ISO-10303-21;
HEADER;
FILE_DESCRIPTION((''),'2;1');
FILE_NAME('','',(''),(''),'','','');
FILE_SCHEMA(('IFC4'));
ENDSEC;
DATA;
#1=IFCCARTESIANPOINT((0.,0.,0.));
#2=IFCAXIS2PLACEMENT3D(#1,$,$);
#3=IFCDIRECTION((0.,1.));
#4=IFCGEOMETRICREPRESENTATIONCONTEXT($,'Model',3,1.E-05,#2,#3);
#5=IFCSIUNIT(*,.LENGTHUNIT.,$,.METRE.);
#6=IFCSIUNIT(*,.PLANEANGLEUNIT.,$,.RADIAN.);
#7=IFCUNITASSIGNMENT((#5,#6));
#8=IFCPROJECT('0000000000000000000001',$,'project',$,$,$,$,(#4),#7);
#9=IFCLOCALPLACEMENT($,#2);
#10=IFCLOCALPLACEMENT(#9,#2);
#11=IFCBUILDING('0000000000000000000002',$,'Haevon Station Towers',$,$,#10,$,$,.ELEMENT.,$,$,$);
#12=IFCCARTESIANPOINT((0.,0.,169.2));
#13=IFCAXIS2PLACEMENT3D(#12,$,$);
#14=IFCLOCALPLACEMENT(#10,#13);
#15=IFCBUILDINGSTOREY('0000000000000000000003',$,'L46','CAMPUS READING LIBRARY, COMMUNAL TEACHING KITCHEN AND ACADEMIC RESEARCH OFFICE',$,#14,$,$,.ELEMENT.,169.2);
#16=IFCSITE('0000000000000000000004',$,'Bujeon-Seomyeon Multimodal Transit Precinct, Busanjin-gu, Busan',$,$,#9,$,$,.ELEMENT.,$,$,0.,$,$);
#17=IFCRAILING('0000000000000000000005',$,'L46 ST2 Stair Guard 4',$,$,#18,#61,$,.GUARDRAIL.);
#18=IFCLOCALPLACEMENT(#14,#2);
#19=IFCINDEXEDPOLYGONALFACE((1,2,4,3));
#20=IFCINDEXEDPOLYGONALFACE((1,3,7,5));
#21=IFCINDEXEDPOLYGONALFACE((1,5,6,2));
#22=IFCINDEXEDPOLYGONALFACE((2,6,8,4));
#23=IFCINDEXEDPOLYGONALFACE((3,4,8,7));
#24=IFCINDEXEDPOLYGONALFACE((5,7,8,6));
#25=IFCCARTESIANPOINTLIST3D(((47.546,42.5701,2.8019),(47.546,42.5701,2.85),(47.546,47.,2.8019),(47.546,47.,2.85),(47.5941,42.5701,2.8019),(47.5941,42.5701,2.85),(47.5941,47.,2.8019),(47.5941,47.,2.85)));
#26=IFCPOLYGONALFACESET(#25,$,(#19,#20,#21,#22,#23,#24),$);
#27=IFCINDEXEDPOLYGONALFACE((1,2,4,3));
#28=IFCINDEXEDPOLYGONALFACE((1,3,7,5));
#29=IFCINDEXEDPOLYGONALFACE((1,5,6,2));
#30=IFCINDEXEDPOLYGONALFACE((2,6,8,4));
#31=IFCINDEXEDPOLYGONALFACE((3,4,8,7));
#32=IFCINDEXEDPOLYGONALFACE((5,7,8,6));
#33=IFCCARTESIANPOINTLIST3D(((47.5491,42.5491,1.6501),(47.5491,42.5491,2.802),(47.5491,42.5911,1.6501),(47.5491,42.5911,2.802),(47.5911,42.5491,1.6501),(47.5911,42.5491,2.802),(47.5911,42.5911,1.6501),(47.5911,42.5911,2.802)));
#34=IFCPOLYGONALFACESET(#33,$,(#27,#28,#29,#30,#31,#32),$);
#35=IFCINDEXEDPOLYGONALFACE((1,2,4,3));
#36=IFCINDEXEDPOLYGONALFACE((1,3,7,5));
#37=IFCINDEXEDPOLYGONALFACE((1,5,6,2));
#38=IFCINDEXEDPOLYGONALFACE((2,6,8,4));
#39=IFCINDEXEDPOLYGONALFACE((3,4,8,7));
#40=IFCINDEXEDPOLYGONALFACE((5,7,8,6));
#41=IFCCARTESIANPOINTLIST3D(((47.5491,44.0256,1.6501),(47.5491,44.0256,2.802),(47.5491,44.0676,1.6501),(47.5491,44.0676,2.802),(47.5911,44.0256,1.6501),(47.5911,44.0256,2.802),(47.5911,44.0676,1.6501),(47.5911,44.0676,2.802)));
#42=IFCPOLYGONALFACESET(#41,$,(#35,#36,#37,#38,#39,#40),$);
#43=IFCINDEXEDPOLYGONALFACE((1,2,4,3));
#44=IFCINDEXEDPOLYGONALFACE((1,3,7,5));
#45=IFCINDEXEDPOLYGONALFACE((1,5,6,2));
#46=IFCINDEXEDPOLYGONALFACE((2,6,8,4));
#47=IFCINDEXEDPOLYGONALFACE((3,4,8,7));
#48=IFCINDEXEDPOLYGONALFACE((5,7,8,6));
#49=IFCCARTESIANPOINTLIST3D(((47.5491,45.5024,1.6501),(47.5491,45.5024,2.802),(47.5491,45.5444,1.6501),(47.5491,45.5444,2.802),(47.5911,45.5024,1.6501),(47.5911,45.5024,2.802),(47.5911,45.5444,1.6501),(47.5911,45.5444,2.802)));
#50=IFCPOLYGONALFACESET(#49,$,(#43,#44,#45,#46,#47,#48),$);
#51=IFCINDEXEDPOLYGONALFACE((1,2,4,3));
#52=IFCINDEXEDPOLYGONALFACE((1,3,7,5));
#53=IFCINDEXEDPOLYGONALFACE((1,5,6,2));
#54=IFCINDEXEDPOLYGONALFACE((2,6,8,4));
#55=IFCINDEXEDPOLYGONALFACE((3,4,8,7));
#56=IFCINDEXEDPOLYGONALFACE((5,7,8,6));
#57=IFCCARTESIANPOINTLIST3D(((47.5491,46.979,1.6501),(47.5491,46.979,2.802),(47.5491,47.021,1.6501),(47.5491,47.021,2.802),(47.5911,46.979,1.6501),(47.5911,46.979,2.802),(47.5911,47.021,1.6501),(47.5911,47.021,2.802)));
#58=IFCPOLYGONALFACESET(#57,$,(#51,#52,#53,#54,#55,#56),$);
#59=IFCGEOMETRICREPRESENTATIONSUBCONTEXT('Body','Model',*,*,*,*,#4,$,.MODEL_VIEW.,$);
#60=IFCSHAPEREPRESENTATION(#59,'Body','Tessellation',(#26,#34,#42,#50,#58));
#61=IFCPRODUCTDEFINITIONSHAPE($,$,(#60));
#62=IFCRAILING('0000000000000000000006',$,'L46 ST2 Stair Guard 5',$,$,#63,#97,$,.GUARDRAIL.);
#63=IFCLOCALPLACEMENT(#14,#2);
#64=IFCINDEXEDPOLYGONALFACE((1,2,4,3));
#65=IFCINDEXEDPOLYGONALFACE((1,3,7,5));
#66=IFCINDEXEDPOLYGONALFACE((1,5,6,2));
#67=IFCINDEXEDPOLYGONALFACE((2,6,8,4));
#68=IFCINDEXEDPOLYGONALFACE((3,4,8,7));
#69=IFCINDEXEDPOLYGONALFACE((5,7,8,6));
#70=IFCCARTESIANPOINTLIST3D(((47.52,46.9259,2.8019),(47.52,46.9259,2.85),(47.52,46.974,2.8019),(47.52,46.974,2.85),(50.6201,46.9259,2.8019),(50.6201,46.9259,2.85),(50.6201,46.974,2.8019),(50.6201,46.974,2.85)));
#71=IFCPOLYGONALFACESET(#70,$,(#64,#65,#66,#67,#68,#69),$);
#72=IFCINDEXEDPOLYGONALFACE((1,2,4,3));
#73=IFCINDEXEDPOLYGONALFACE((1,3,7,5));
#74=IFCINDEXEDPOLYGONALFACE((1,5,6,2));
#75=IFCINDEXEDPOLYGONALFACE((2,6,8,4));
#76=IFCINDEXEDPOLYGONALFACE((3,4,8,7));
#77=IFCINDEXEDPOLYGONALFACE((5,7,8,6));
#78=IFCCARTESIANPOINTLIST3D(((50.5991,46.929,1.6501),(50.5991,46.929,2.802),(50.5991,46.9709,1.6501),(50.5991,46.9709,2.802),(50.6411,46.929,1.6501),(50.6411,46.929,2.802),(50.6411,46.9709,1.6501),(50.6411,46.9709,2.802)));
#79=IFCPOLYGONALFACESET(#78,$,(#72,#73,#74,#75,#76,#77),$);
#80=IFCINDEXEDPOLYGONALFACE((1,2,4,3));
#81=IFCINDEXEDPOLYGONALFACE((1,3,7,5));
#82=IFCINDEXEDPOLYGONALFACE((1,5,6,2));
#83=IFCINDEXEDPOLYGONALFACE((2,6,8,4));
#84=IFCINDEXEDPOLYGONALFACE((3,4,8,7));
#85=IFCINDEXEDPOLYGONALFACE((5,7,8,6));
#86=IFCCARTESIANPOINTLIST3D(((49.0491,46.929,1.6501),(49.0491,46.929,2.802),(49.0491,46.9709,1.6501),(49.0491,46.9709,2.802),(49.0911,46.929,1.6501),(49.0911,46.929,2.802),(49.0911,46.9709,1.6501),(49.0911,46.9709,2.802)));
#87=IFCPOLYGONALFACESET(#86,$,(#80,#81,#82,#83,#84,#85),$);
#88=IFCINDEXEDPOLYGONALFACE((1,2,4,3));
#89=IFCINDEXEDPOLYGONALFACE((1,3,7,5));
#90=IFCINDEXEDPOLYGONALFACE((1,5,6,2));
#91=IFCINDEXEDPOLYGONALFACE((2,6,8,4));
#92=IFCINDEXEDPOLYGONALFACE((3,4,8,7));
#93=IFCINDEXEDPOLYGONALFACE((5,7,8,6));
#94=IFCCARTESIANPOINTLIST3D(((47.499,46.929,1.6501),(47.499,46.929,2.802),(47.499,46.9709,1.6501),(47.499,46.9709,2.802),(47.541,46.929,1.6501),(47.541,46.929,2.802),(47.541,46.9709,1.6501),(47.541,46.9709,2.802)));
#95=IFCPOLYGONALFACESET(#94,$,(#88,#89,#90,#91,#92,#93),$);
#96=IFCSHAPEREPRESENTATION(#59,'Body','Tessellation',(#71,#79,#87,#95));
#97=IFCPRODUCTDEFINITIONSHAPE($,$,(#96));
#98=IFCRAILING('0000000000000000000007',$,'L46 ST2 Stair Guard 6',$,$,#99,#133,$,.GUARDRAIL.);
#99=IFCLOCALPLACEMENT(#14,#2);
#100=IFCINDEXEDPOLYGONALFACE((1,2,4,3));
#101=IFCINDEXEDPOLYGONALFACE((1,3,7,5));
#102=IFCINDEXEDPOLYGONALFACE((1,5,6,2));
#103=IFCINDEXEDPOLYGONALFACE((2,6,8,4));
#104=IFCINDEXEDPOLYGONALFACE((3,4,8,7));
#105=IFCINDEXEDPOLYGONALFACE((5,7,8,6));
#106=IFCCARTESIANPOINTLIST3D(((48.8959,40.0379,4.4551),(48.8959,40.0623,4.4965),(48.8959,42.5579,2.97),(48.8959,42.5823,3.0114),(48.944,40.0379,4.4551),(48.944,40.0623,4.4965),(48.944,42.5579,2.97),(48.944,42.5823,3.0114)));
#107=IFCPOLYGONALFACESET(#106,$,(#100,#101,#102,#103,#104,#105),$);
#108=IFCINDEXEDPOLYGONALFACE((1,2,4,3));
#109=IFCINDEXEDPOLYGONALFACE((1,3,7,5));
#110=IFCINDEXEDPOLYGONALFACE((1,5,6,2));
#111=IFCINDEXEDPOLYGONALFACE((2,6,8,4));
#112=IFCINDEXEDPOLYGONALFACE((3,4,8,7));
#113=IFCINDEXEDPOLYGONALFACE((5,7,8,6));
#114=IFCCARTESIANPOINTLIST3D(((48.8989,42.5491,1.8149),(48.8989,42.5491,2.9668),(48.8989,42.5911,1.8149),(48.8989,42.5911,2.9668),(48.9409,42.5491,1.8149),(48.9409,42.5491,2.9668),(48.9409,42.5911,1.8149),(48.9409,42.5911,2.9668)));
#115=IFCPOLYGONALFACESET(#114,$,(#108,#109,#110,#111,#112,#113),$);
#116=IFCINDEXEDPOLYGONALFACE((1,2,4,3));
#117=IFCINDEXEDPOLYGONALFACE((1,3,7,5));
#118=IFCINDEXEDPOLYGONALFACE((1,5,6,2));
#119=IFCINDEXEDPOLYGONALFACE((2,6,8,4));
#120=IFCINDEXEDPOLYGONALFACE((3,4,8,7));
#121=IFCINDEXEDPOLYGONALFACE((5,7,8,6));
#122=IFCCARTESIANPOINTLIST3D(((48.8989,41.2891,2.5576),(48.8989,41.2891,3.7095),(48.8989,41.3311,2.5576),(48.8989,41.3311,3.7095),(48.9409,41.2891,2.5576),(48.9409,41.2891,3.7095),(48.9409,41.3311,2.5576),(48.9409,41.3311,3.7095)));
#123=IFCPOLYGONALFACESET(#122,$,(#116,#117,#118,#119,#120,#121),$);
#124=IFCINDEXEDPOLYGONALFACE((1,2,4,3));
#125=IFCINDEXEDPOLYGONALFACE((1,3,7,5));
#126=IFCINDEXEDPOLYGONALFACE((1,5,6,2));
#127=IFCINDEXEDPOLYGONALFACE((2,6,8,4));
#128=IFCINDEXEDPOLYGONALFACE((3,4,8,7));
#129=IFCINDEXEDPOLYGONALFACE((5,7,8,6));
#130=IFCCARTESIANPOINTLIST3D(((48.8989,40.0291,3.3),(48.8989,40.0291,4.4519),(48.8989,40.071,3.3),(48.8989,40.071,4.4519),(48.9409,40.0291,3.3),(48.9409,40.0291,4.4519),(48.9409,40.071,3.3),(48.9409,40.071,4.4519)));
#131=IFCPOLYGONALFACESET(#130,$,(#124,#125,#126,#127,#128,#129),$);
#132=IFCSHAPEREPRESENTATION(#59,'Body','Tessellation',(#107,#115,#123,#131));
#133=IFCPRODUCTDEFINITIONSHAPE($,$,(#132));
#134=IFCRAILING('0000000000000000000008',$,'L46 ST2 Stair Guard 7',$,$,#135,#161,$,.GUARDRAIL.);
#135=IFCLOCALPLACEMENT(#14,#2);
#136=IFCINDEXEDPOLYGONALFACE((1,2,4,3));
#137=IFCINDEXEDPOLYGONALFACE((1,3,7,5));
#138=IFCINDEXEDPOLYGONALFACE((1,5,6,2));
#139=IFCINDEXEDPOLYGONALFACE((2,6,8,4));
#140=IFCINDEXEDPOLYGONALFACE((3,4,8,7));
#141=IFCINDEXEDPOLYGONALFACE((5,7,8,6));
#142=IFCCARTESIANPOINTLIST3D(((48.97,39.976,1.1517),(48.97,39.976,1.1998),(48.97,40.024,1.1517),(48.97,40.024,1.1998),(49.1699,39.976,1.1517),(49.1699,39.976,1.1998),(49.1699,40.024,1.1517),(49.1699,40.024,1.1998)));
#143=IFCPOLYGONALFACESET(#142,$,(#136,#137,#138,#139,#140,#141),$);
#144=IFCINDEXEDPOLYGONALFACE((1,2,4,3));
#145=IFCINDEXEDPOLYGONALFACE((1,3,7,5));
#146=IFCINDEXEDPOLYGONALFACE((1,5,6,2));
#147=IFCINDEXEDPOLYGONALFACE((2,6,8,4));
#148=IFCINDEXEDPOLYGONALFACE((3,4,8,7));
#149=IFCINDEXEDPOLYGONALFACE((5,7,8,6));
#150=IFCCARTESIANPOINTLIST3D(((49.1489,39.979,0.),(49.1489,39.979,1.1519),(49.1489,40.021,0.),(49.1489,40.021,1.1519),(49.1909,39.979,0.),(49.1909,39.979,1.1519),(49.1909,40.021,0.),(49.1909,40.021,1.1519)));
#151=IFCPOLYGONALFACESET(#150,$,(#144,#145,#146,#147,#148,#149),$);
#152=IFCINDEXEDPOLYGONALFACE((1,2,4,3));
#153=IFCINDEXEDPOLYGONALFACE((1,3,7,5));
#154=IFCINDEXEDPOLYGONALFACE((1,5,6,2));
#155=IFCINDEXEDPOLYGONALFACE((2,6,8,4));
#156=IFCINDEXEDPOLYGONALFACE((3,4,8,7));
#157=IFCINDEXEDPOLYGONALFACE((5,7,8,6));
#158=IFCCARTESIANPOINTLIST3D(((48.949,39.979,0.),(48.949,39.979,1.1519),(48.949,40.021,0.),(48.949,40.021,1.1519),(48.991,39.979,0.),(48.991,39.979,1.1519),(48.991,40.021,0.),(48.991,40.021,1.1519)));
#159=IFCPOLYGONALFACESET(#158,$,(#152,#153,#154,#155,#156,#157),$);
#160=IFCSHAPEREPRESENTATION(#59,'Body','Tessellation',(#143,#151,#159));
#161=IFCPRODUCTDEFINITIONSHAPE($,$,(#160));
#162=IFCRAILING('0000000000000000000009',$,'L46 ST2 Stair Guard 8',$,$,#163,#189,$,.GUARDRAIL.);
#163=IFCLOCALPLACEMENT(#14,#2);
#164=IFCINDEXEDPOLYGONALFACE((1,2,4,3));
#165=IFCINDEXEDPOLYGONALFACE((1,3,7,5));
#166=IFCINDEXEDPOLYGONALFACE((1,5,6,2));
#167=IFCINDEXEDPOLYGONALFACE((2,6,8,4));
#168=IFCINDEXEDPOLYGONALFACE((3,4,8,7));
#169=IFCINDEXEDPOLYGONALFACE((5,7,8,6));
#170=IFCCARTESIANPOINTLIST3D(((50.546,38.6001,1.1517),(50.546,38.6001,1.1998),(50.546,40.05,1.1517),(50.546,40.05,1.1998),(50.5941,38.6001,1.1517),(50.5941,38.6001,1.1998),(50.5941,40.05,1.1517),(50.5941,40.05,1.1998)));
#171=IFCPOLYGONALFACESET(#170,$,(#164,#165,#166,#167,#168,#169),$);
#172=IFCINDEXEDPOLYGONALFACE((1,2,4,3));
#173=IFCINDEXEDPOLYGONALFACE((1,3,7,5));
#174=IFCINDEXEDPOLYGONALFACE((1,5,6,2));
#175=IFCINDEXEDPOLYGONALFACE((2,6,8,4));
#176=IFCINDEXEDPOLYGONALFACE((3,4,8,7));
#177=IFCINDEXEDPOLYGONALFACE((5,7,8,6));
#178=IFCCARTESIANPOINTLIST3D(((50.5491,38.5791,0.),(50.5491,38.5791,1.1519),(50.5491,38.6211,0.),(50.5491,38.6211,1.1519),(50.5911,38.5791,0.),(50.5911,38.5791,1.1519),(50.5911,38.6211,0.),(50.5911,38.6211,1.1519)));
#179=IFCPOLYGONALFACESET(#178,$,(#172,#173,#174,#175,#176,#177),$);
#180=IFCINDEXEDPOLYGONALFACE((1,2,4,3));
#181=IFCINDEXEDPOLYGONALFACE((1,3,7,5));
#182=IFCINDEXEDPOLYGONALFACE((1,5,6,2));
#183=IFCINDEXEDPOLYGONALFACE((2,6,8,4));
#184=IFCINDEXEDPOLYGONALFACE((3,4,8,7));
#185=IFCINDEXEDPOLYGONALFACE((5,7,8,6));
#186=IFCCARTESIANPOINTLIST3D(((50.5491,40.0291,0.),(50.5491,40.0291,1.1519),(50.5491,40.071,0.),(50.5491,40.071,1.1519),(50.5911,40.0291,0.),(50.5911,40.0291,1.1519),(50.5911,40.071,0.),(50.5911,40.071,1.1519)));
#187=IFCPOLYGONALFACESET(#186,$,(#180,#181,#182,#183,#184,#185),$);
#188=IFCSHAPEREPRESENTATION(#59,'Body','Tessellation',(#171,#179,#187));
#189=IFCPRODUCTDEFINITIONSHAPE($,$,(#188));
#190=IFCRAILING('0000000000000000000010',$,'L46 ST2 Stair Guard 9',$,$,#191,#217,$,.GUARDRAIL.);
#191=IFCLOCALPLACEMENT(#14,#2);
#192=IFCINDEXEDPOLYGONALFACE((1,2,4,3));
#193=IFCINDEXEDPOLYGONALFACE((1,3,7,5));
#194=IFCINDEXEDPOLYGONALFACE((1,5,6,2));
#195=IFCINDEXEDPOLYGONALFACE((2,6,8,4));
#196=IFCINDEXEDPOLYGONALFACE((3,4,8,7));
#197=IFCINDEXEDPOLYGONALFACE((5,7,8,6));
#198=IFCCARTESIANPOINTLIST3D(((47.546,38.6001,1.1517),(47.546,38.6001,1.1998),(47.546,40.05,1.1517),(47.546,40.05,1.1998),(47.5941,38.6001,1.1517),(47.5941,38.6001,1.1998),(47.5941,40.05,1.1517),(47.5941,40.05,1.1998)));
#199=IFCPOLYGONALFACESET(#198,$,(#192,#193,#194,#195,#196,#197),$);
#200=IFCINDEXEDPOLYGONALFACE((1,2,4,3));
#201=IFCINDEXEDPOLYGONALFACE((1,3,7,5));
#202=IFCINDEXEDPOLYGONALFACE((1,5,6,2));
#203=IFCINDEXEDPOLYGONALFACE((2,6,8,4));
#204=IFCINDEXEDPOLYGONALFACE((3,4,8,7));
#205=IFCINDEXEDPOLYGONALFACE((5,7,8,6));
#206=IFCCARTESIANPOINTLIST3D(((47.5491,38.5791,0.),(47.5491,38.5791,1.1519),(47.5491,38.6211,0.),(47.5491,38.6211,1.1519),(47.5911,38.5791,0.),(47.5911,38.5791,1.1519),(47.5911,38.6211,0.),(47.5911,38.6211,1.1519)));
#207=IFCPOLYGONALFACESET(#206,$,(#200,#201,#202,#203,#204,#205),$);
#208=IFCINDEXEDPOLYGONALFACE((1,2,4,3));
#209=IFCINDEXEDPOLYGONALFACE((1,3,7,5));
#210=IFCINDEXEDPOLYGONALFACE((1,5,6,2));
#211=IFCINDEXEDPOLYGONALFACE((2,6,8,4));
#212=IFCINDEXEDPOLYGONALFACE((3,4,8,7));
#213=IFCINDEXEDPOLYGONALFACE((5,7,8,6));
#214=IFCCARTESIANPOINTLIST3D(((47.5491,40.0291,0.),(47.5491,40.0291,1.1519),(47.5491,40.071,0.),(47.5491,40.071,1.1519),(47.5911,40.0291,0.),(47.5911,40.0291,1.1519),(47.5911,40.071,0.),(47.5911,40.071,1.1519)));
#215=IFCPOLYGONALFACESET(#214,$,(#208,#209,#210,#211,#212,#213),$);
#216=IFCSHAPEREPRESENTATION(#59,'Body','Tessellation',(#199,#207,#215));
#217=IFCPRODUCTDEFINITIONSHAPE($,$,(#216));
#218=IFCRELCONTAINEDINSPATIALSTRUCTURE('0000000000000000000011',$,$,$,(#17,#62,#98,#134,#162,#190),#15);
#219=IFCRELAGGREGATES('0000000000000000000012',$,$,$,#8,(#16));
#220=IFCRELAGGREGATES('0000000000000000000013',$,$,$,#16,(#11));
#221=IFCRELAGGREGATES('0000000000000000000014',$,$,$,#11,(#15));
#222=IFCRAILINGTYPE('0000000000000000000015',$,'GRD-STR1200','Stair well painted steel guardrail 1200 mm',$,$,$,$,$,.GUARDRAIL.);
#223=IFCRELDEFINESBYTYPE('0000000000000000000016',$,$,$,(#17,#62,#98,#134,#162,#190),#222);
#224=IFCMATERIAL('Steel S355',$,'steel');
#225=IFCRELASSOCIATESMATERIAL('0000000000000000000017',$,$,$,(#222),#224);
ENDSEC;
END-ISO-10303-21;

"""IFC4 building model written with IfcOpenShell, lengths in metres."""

from ifc_helpers import new_model, si_unit, direction, frame, origin, origin_2d, place, context, subcontext, project, spatial, rectangle, extrude, material, type_object, element, save


model = new_model("IFC4")

# Units and contexts
model_context = context("Model", 3, precision=1e-05, world=origin(), true_north=direction((0.0, 1.0)))
body_context = subcontext(model_context, "Body", "Model", "MODEL_VIEW")
ifc_project = project(units=[si_unit("LENGTHUNIT", "METRE"), si_unit("PLANEANGLEUNIT", "RADIAN")], contexts=[model_context])

# Site, building, storey
site_placement = place(None, origin())
site = spatial("IfcSite", under=ifc_project, at=site_placement, Name="Bujeon-Seomyeon Multimodal Transit Precinct, Busanjin-gu, Busan", CompositionType="ELEMENT", RefElevation=0.0)
building_placement = place(site_placement, origin())
building = spatial("IfcBuilding", under=site, at=building_placement, Name="Haevon Station Towers", CompositionType="ELEMENT")
storey_placement = place(building_placement, frame((0.0, 0.0, 169.2)))
storey = spatial("IfcBuildingStorey", under=building, at=storey_placement, Name="L46", Description="CAMPUS READING LIBRARY, COMMUNAL TEACHING KITCHEN AND ACADEMIC RESEARCH OFFICE", CompositionType="ELEMENT", Elevation=169.2)

# Shared definitions
ifc_material_1 = material(Name="Steel S355", Category="steel")

# Railings
railing_type_1 = type_object("IfcRailingType", Name="GRD-STR1200", Description="Stair well painted steel guardrail 1200 mm", PredefinedType="GUARDRAIL", material=ifc_material_1)
for number, where, name in (
    (1, (47.5701, 42.5701, 1.6501), "L46 ST2 Stair Guard 4"),
):
    element("IfcRailing", number, at=place(storey_placement, frame(where)), inside=storey, type_object=railing_type_1, Name=name, PredefinedType="GUARDRAIL", context=body_context, shape_type="SweptSolid", body=[
        extrude(rectangle(XDim=0.0481, YDim=0.0481, at=origin_2d()), frame((0.0, 0.0, 1.1758), z_axis=(0.0, 1.0, 0.0), x_axis=(-1.0, 0.0, 0.0)), (0.0, 0.0, 1.0), 4.4299),
        extrude(rectangle(XDim=0.042, YDim=0.042, at=origin_2d()), origin(), (0.0, 0.0, 1.0), 1.1519),
        extrude(rectangle(XDim=0.042, YDim=0.042, at=origin_2d()), frame((0.0, 1.4766, 0.0)), (0.0, 0.0, 1.0), 1.1519),
        extrude(rectangle(XDim=0.042, YDim=0.042, at=origin_2d()), frame((0.0, 2.9534, 0.0)), (0.0, 0.0, 1.0), 1.1519),
        extrude(rectangle(XDim=0.042, YDim=0.042, at=origin_2d()), frame((0.0, 4.4299, 0.0)), (0.0, 0.0, 1.0), 1.1519),
    ])
railing_1_placement = place(storey_placement, frame((50.6201, 46.95, 1.6501)))
element("IfcRailing", 2, at=railing_1_placement, inside=storey, type_object=railing_type_1, Name="L46 ST2 Stair Guard 5", PredefinedType="GUARDRAIL", context=body_context, shape_type="SweptSolid", body=[
    extrude(rectangle(XDim=0.0481, YDim=0.0481, at=origin_2d()), frame((0.0, 0.0, 1.1758), z_axis=(-1.0, 0.0, 0.0), x_axis=(0.0, -1.0, 0.0)), (0.0, 0.0, 1.0), 3.1001),
    extrude(rectangle(XDim=0.042, YDim=0.042, at=origin_2d()), origin(), (0.0, 0.0, 1.0), 1.1519),
    extrude(rectangle(XDim=0.042, YDim=0.042, at=origin_2d()), frame((-1.55, 0.0, 0.0)), (0.0, 0.0, 1.0), 1.1519),
    extrude(rectangle(XDim=0.042, YDim=0.042, at=origin_2d()), frame((-3.1001, 0.0, 0.0)), (0.0, 0.0, 1.0), 1.1519),
])
railing_2_placement = place(storey_placement, frame((48.9199, 42.5701, 1.8149)))
element("IfcRailing", 3, at=railing_2_placement, inside=storey, type_object=railing_type_1, Name="L46 ST2 Stair Guard 6", PredefinedType="GUARDRAIL", context=body_context, shape_type="SweptSolid", body=[
    extrude(rectangle(XDim=0.0481, YDim=0.0481, at=origin_2d()), frame((0.0, 0.0, 1.1758), z_axis=(0.0, -0.861524, 0.507717), x_axis=(1.0, 0.0, 0.0)), (0.0, 0.0, 1.0), 2.925),
    extrude(rectangle(XDim=0.042, YDim=0.042, at=origin_2d()), origin(), (0.0, 0.0, 1.0), 1.1519),
    extrude(rectangle(XDim=0.042, YDim=0.042, at=origin_2d()), frame((0.0, -1.26, 0.7427)), (0.0, 0.0, 1.0), 1.1519),
    extrude(rectangle(XDim=0.042, YDim=0.042, at=origin_2d()), frame((0.0, -2.52, 1.4851)), (0.0, 0.0, 1.0), 1.1519),
])
railing_3_placement = place(storey_placement, frame((49.1699, 40.0, 0.0)))
element("IfcRailing", 4, at=railing_3_placement, inside=storey, type_object=railing_type_1, Name="L46 ST2 Stair Guard 7", PredefinedType="GUARDRAIL", context=body_context, shape_type="SweptSolid", body=[
    extrude(rectangle(XDim=0.0481, YDim=0.0481, at=origin_2d()), frame((0.0, 0.0, 1.1758), z_axis=(-1.0, 0.0, 0.0), x_axis=(0.0, -1.0, 0.0)), (0.0, 0.0, 1.0), 0.2),
    extrude(rectangle(XDim=0.042, YDim=0.042, at=origin_2d()), origin(), (0.0, 0.0, 1.0), 1.1519),
    extrude(rectangle(XDim=0.042, YDim=0.042, at=origin_2d()), frame((-0.2, 0.0, 0.0)), (0.0, 0.0, 1.0), 1.1519),
])
for number, where, name in (
    (5, (50.5701, 38.6001, 0.0), "L46 ST2 Stair Guard 8"),
    (6, (47.5701, 38.6001, 0.0), "L46 ST2 Stair Guard 9"),
):
    element("IfcRailing", number, at=place(storey_placement, frame(where)), inside=storey, type_object=railing_type_1, Name=name, PredefinedType="GUARDRAIL", context=body_context, shape_type="SweptSolid", body=[
        extrude(rectangle(XDim=0.0481, YDim=0.0481, at=origin_2d()), frame((0.0, 0.0, 1.1758), z_axis=(0.0, 1.0, 0.0), x_axis=(-1.0, 0.0, 0.0)), (0.0, 0.0, 1.0), 1.45),
        extrude(rectangle(XDim=0.042, YDim=0.042, at=origin_2d()), origin(), (0.0, 0.0, 1.0), 1.1519),
        extrude(rectangle(XDim=0.042, YDim=0.042, at=origin_2d()), frame((0.0, 1.45, 0.0)), (0.0, 0.0, 1.0), 1.1519),
    ])

save(model, "model.ifc")
